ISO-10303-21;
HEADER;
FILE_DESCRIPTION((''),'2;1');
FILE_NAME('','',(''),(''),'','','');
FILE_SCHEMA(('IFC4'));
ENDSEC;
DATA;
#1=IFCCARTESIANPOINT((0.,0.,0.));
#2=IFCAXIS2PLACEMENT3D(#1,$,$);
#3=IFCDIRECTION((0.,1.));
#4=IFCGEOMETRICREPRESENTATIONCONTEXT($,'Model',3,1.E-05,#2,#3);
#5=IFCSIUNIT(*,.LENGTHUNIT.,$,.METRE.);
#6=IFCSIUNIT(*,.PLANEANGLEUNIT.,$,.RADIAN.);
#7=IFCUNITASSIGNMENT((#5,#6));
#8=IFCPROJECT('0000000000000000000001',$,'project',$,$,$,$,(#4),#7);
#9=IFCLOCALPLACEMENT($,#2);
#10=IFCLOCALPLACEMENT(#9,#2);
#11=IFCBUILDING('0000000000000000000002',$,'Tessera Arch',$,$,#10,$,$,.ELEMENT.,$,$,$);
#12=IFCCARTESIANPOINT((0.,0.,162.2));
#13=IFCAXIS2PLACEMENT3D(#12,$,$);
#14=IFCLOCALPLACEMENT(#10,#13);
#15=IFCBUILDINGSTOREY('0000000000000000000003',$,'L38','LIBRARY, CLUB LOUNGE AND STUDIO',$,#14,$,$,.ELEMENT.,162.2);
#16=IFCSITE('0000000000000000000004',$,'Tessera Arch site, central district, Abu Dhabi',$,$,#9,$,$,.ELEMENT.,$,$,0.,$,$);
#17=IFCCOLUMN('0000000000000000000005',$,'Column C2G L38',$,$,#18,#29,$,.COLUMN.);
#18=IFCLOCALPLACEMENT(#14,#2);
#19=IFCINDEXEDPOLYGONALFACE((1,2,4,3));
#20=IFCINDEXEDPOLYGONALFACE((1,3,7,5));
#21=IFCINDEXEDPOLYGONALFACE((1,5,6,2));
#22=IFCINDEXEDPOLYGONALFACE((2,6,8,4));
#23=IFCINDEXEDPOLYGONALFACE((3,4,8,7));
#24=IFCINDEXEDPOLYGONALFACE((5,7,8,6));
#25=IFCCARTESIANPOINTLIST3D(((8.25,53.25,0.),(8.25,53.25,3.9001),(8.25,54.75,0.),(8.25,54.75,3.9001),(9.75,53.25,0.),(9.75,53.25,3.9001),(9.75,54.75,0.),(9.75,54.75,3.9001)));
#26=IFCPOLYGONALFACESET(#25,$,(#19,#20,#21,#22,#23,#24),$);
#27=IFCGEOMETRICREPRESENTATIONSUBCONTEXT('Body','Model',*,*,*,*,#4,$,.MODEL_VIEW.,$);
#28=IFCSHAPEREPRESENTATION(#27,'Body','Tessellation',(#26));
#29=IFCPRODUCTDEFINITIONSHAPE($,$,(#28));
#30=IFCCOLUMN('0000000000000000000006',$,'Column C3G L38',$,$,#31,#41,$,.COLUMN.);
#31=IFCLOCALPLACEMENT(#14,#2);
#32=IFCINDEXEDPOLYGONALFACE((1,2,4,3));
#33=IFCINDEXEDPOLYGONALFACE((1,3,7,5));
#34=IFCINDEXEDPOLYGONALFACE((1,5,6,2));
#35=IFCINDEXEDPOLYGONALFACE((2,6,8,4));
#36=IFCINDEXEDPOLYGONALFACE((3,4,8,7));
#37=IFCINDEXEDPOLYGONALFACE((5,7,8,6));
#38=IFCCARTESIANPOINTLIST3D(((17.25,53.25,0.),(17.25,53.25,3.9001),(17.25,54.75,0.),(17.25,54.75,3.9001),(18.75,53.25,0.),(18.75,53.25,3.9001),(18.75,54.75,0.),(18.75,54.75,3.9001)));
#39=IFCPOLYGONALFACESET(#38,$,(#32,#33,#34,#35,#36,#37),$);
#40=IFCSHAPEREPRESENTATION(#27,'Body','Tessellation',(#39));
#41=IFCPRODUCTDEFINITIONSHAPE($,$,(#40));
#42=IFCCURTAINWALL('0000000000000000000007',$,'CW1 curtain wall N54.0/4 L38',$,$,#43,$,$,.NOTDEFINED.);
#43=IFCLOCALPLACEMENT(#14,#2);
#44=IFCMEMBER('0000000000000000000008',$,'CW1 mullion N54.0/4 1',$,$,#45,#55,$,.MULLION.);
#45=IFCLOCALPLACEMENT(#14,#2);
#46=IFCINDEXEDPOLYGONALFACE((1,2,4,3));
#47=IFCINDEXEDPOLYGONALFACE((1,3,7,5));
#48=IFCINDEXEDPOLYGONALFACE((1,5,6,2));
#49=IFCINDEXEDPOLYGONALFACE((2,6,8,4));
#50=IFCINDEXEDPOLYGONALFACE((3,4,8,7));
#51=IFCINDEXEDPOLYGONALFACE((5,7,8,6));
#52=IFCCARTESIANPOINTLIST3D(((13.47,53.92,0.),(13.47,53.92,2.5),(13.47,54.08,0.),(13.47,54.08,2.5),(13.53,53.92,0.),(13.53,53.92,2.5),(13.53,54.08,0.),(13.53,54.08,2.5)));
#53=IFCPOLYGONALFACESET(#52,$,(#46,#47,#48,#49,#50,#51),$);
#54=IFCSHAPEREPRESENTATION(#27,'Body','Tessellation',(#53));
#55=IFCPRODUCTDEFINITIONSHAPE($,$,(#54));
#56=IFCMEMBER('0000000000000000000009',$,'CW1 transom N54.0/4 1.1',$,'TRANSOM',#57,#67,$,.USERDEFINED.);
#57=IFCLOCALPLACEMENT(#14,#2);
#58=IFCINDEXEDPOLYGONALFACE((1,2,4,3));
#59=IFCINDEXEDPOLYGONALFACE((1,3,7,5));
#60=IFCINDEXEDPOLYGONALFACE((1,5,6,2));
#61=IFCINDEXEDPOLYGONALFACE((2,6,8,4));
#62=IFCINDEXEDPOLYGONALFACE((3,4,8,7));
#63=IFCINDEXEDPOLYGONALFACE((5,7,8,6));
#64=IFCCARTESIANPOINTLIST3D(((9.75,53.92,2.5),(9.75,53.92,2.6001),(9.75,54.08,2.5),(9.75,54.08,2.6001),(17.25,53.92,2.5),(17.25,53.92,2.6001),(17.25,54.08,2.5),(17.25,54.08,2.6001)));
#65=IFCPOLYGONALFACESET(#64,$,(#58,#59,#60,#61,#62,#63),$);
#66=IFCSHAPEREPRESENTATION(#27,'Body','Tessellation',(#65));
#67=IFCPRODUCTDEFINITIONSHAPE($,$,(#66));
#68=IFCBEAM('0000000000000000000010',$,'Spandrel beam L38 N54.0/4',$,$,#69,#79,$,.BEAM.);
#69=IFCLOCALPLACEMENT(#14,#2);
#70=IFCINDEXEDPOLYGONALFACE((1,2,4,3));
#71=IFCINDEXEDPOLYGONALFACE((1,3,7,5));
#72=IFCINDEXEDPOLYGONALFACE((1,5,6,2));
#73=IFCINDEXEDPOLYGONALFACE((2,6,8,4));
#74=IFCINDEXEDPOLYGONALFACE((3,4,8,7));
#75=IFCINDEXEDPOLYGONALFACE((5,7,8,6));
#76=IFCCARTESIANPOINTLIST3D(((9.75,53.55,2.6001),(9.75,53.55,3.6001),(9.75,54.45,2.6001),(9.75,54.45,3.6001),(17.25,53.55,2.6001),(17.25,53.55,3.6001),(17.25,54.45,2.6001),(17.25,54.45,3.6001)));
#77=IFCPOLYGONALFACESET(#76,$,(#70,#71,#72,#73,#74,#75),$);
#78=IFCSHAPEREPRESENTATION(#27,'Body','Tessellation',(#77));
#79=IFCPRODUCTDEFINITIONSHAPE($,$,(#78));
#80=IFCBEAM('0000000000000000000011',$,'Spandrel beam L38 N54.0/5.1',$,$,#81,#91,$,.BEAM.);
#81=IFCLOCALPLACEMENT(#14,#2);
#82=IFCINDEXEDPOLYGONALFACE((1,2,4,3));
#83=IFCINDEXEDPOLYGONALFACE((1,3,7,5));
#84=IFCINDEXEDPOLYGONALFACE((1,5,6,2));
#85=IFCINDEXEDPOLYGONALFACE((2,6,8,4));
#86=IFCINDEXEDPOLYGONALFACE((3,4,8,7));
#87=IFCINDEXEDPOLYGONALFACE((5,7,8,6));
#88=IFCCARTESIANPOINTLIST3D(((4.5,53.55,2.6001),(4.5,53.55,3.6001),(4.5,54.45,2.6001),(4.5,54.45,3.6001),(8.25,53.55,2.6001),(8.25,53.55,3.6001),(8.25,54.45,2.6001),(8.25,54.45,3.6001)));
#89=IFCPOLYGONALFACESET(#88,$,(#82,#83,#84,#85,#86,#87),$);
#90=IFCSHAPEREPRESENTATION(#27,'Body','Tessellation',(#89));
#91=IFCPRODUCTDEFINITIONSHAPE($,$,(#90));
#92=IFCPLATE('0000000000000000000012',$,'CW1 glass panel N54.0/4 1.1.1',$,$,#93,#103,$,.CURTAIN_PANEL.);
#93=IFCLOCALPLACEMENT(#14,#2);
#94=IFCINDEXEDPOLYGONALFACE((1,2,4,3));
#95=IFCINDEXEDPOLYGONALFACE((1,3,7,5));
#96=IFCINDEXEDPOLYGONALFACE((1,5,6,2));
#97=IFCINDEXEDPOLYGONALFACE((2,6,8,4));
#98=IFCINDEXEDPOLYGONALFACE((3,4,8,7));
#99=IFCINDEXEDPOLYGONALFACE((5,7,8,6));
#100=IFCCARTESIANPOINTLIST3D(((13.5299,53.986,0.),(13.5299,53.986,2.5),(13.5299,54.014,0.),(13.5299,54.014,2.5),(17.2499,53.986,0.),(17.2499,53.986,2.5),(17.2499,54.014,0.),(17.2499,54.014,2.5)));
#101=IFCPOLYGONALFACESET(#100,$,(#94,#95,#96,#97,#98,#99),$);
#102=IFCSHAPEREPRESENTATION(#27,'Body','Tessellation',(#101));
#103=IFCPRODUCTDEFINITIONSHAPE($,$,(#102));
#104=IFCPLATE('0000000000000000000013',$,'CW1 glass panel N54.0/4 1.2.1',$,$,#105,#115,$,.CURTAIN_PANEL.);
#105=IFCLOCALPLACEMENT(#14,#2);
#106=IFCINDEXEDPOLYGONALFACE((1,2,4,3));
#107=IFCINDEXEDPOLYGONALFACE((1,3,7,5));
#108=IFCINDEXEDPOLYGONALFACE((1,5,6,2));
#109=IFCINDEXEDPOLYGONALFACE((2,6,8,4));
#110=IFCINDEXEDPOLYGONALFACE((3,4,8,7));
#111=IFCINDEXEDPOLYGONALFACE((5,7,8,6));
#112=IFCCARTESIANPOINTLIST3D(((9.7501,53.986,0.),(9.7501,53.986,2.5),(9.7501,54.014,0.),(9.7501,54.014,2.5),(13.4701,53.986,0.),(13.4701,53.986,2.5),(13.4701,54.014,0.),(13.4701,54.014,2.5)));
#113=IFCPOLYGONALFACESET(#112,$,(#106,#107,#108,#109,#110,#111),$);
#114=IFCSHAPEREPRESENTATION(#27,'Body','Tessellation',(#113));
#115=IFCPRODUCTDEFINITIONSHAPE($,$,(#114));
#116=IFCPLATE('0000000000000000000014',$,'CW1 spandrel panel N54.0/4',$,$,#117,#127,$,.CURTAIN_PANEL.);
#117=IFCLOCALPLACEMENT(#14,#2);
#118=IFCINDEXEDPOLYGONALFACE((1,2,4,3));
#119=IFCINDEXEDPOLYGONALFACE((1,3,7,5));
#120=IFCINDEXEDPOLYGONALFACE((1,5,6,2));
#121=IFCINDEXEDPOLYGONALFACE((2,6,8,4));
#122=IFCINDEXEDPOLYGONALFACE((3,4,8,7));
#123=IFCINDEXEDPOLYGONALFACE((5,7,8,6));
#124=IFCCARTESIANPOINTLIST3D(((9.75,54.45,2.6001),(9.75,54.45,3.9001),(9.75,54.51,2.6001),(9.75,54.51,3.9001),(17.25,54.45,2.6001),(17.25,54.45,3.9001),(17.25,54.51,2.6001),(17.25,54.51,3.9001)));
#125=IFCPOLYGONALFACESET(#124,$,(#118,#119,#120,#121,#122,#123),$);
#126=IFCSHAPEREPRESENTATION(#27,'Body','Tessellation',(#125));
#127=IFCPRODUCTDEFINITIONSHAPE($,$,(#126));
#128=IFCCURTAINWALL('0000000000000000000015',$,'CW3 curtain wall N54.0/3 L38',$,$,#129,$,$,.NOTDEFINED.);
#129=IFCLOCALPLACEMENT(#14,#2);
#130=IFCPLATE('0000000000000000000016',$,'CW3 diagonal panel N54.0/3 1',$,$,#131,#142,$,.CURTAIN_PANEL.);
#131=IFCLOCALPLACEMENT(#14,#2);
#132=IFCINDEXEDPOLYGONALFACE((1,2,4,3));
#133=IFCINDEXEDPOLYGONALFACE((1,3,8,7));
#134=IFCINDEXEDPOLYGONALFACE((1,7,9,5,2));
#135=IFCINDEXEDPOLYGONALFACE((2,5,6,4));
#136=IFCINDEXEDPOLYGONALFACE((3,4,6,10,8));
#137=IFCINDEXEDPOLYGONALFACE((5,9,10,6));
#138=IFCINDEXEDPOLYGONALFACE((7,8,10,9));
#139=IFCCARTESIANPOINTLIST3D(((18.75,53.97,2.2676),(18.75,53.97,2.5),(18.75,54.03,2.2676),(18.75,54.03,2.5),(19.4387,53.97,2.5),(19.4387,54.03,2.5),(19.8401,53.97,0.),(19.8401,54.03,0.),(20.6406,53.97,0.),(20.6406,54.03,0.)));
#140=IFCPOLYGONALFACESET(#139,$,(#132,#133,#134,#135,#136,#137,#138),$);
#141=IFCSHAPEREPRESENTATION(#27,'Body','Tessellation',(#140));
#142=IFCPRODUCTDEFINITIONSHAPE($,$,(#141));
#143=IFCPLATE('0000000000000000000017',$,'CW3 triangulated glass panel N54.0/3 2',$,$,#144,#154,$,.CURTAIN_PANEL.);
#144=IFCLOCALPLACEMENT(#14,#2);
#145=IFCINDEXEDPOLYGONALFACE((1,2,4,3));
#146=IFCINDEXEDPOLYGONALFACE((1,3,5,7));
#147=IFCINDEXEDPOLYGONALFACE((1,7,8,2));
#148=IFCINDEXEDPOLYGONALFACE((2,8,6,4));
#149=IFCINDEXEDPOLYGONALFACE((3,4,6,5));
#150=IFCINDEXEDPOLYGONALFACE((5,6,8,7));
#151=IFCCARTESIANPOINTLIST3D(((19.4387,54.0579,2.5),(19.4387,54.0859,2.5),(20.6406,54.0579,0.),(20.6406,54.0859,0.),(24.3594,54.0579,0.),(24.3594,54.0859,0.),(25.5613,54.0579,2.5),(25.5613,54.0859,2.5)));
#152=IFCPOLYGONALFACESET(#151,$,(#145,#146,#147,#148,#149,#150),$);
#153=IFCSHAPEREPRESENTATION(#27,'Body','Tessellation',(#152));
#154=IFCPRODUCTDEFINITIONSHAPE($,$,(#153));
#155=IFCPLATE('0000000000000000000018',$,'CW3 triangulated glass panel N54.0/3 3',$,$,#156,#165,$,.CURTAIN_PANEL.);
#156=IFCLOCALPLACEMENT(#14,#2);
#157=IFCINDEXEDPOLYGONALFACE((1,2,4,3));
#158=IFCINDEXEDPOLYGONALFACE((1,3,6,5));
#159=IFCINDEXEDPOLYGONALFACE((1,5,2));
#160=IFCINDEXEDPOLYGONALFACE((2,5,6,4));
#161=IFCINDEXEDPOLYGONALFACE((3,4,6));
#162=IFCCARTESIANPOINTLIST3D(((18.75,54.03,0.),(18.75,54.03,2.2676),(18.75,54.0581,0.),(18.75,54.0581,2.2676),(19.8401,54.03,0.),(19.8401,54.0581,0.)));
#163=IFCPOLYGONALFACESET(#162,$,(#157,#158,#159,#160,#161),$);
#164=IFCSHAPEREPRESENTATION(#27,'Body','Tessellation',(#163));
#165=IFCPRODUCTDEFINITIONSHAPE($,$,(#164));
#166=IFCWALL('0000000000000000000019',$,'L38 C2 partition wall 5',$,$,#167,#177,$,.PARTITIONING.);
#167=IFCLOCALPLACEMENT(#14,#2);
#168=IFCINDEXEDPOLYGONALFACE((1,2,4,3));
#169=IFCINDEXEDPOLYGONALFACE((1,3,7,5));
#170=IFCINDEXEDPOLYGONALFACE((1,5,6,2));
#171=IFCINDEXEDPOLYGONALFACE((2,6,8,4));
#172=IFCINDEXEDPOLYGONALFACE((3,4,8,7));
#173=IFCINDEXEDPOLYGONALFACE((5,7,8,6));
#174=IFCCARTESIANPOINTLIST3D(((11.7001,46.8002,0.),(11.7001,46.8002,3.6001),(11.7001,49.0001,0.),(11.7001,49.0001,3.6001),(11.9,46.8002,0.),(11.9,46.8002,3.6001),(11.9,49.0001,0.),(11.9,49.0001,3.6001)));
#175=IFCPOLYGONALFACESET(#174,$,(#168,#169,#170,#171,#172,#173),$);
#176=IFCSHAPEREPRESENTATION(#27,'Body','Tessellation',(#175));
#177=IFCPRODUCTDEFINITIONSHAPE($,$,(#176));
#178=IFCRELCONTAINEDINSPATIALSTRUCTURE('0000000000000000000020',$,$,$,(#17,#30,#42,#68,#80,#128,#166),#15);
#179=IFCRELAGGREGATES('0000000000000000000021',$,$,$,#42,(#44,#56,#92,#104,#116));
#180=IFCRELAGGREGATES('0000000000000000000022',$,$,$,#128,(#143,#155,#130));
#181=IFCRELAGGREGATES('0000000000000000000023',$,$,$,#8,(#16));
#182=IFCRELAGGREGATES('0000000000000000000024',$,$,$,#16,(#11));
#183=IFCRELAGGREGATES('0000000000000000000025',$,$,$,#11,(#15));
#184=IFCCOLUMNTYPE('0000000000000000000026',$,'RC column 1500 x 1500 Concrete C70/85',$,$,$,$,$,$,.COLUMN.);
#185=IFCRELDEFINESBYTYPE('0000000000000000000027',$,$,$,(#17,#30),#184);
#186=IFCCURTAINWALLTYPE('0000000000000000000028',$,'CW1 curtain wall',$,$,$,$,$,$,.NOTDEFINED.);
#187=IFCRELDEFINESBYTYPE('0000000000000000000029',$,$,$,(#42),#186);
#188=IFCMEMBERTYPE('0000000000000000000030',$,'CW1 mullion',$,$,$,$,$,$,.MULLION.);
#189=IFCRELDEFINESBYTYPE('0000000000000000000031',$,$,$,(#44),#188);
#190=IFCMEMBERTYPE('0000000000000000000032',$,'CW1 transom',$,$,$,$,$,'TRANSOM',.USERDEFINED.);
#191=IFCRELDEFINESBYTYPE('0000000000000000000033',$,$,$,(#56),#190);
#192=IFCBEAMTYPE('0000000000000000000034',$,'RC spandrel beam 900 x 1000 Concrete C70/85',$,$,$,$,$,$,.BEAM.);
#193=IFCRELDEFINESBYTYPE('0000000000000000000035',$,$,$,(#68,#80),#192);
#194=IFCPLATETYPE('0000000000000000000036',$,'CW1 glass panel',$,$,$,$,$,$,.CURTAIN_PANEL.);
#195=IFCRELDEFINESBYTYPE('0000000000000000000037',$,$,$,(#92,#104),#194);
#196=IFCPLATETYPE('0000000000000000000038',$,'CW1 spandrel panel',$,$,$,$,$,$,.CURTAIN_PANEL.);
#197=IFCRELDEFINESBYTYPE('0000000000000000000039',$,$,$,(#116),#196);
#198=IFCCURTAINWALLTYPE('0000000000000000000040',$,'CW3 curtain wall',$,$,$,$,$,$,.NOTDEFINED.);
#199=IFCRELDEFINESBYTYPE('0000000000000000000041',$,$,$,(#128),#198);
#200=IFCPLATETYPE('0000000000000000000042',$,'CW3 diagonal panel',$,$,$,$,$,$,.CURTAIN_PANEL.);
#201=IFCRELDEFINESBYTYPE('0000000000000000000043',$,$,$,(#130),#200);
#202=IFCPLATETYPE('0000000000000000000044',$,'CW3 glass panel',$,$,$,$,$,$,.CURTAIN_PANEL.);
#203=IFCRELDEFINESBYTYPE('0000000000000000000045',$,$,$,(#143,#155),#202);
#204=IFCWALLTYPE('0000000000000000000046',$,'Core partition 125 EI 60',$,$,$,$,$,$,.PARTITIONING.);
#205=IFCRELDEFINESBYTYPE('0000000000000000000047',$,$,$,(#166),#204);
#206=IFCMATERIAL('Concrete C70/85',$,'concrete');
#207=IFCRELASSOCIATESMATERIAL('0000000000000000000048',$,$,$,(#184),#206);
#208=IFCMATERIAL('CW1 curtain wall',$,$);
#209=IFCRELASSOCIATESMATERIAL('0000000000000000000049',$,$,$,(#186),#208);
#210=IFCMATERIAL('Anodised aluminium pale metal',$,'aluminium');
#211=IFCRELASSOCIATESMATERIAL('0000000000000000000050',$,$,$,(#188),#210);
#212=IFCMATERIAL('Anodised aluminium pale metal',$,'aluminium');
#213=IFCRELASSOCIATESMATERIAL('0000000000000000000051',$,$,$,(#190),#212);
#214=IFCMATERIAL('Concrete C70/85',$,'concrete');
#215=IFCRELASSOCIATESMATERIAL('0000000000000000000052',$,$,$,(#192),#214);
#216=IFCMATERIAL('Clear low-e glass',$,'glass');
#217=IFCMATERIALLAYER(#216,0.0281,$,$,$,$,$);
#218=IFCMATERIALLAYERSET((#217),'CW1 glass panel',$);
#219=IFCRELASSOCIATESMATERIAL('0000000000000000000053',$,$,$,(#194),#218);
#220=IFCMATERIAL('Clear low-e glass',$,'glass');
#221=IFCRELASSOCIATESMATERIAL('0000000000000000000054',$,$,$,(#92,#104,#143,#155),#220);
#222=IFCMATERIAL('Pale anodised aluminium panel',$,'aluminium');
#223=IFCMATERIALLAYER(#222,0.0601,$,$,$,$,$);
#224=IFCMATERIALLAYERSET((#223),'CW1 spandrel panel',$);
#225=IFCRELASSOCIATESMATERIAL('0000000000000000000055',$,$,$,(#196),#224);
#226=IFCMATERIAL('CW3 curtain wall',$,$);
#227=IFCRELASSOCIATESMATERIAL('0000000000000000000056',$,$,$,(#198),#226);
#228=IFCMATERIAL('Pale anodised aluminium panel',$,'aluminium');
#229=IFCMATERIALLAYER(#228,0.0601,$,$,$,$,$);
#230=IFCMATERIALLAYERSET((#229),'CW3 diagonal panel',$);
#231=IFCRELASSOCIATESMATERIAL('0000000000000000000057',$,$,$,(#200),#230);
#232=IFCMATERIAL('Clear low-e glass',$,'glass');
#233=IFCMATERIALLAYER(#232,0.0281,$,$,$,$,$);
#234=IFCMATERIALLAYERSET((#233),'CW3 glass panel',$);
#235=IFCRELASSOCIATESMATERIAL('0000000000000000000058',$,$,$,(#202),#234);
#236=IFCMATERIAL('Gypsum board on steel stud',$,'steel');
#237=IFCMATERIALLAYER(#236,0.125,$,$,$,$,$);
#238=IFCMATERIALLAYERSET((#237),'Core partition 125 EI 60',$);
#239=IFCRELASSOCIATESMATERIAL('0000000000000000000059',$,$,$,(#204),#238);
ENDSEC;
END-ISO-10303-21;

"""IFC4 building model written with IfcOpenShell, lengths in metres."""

from ifc_helpers import new_model, si_unit, direction, frame, frame_2d, origin, origin_2d, place, context, subcontext, project, spatial, polyline, rectangle, outline, extrude, material, layer, layer_set, material_profile, profile_set, type_object, element, aggregate, save


model = new_model("IFC4")

# Units and contexts
model_context = context("Model", 3, precision=1e-05, world=origin(), true_north=direction((0.0, 1.0)))
body_context = subcontext(model_context, "Body", "Model", "MODEL_VIEW")
ifc_project = project(units=[si_unit("LENGTHUNIT", "METRE"), si_unit("PLANEANGLEUNIT", "RADIAN")], contexts=[model_context])

# Site, building, storey
site_placement = place(None, origin())
site = spatial("IfcSite", under=ifc_project, at=site_placement, Name="Tessera Arch site, central district, Abu Dhabi", CompositionType="ELEMENT", RefElevation=0.0)
building_placement = place(site_placement, origin())
building = spatial("IfcBuilding", under=site, at=building_placement, Name="Tessera Arch", CompositionType="ELEMENT")
storey_placement = place(building_placement, frame((0.0, 0.0, 162.2)))
storey = spatial("IfcBuildingStorey", under=building, at=storey_placement, Name="L38", Description="LIBRARY, CLUB LOUNGE AND STUDIO", CompositionType="ELEMENT", Elevation=162.2)

# Columns
ifc_material_1 = material(Name="Concrete C70/85", Category="concrete")
ifc_material_profile_1 = material_profile(ifc_material_1, rectangle(XDim=1.5, YDim=1.5, at=origin_2d()), Name="RC column 1500 x 1500 Concrete C70/85")
ifc_profile_set_1 = profile_set([ifc_material_profile_1], Name="Concrete C70/85")
column_type = type_object("IfcColumnType", Name="RC column 1500 x 1500 Concrete C70/85", PredefinedType="COLUMN", material=ifc_profile_set_1)
for number, where, z_axis, x_axis, name in (
    (1, (9.0, 54.0, 0.0), (0.0, 0.0, 1.0), (1.0, 0.0, 0.0), "Column C2G L38"),
    (2, (18.0, 54.0, 0.0), (0.0, 0.0, 1.0), (1.0, 0.0, 0.0), "Column C3G L38"),
):
    element("IfcColumn", number, at=place(storey_placement, frame(where, z_axis=z_axis, x_axis=x_axis)), inside=storey, type_object=column_type, Name=name, PredefinedType="COLUMN", context=body_context, shape_type="SweptSolid", body=[
        extrude(rectangle(XDim=1.5, YDim=1.5, at=origin_2d()), origin(), (0.0, 0.0, 1.0), 3.9001),
    ])

# Curtain wall, members
ifc_material_2 = material(Name="CW1 curtain wall")
curtain_wall_type_1 = type_object("IfcCurtainWallType", Name="CW1 curtain wall", PredefinedType="NOTDEFINED", material=ifc_material_2)
curtain_wall_1_placement = place(storey_placement, origin())
curtain_wall_1 = element("IfcCurtainWall", 3, at=curtain_wall_1_placement, inside=storey, type_object=curtain_wall_type_1, Name="CW1 curtain wall N54.0/4 L38", PredefinedType="NOTDEFINED")
ifc_material_3 = material(Name="Anodised aluminium pale metal", Category="aluminium")
ifc_material_profile_2 = material_profile(ifc_material_3, rectangle(XDim=0.1599, YDim=0.0601, at=origin_2d()), Name="AL 60x160")
ifc_profile_set_2 = profile_set([ifc_material_profile_2], Name="Anodised aluminium pale metal")
member_type_1 = type_object("IfcMemberType", Name="CW1 mullion", PredefinedType="MULLION", material=ifc_profile_set_2)
member_1_placement = place(storey_placement, frame((13.5, 54.0, 0.0), z_axis=(0.0, 0.0, 1.0), x_axis=(0.0, -1.0, 0.0)))
member_1 = element("IfcMember", 4, at=member_1_placement, type_object=member_type_1, Name="CW1 mullion N54.0/4 1", PredefinedType="MULLION", context=body_context, shape_type="SweptSolid", body=[
    extrude(rectangle(XDim=0.1599, YDim=0.0601, at=origin_2d()), origin(), (0.0, 0.0, 1.0), 2.5),
])
ifc_material_4 = material(Name="Anodised aluminium pale metal", Category="aluminium")
ifc_material_profile_3 = material_profile(ifc_material_4, rectangle(XDim=0.1599, YDim=0.1001, at=origin_2d()), Name="AL 160x100")
ifc_profile_set_3 = profile_set([ifc_material_profile_3], Name="Anodised aluminium pale metal")
member_type_2 = type_object("IfcMemberType", Name="CW1 transom", ElementType="TRANSOM", PredefinedType="USERDEFINED", material=ifc_profile_set_3)
member_2_placement = place(storey_placement, frame((17.25, 54.0, 2.55), z_axis=(-1.0, 0.0, 0.0), x_axis=(0.0, -1.0, 0.0)))
member_2 = element("IfcMember", 5, at=member_2_placement, type_object=member_type_2, Name="CW1 transom N54.0/4 1.1", ObjectType="TRANSOM", PredefinedType="USERDEFINED", context=body_context, shape_type="SweptSolid", body=[
    extrude(rectangle(XDim=0.1599, YDim=0.1001, at=origin_2d()), origin(), (0.0, 0.0, 1.0), 7.5),
])

# Beams
ifc_material_5 = material(Name="Concrete C70/85", Category="concrete")
ifc_material_profile_4 = material_profile(ifc_material_5, rectangle(XDim=0.8999, YDim=1.0, at=origin_2d()), Name="RC spandrel beam 900 x 1000 Concrete C70/85")
ifc_profile_set_4 = profile_set([ifc_material_profile_4], Name="Concrete C70/85")
beam_type = type_object("IfcBeamType", Name="RC spandrel beam 900 x 1000 Concrete C70/85", PredefinedType="BEAM", material=ifc_profile_set_4)
beam_1_placement = place(storey_placement, frame((17.25, 54.0, 3.1001), z_axis=(-1.0, 0.0, 0.0), x_axis=(0.0, -1.0, 0.0)))
element("IfcBeam", 6, at=beam_1_placement, inside=storey, type_object=beam_type, Name="Spandrel beam L38 N54.0/4", PredefinedType="BEAM", context=body_context, shape_type="SweptSolid", body=[
    extrude(rectangle(XDim=0.8999, YDim=1.0, at=origin_2d()), origin(), (0.0, 0.0, 1.0), 7.5),
])
beam_2_placement = place(storey_placement, frame((8.25, 54.0, 3.1001), z_axis=(-1.0, 0.0, 0.0), x_axis=(0.0, -1.0, 0.0)))
element("IfcBeam", 7, at=beam_2_placement, inside=storey, type_object=beam_type, Name="Spandrel beam L38 N54.0/5.1", PredefinedType="BEAM", context=body_context, shape_type="SweptSolid", body=[
    extrude(rectangle(XDim=0.8999, YDim=1.0, at=origin_2d()), origin(), (0.0, 0.0, 1.0), 3.75),
])

# Plates
ifc_material_6 = material(Name="Clear low-e glass", Category="glass")
ifc_material_7 = material(Name="Clear low-e glass", Category="glass")
ifc_layer_1 = layer(ifc_material_7, 0.0281)
ifc_layer_set_1 = layer_set([ifc_layer_1], Name="CW1 glass panel")
plate_type_1 = type_object("IfcPlateType", Name="CW1 glass panel", PredefinedType="CURTAIN_PANEL", material=ifc_layer_set_1)
plate_1_placement = place(storey_placement, frame((15.3899, 54.0, 0.0), z_axis=(0.0, 0.0, 1.0), x_axis=(-1.0, 0.0, 0.0)))
plate_1 = element("IfcPlate", 8, at=plate_1_placement, type_object=plate_type_1, material=ifc_material_6, Name="CW1 glass panel N54.0/4 1.1.1", PredefinedType="CURTAIN_PANEL", context=body_context, shape_type="SweptSolid", body=[
    extrude(rectangle(XDim=3.72, YDim=0.0281, at=origin_2d()), origin(), (0.0, 0.0, 1.0), 2.5),
])
plate_2_placement = place(storey_placement, frame((11.6101, 54.0, 0.0), z_axis=(0.0, 0.0, 1.0), x_axis=(-1.0, 0.0, 0.0)))
plate_2 = element("IfcPlate", 9, at=plate_2_placement, type_object=plate_type_1, material=ifc_material_6, Name="CW1 glass panel N54.0/4 1.2.1", PredefinedType="CURTAIN_PANEL", context=body_context, shape_type="SweptSolid", body=[
    extrude(rectangle(XDim=3.72, YDim=0.0281, at=origin_2d()), origin(), (0.0, 0.0, 1.0), 2.5),
])
ifc_material_8 = material(Name="Pale anodised aluminium panel", Category="aluminium")
ifc_layer_2 = layer(ifc_material_8, 0.0601)
ifc_layer_set_2 = layer_set([ifc_layer_2], Name="CW1 spandrel panel")
plate_type_2 = type_object("IfcPlateType", Name="CW1 spandrel panel", PredefinedType="CURTAIN_PANEL", material=ifc_layer_set_2)
plate_3_placement = place(storey_placement, frame((13.5, 54.48, 2.6001), z_axis=(0.0, 0.0, 1.0), x_axis=(-1.0, 0.0, 0.0)))
plate_3 = element("IfcPlate", 10, at=plate_3_placement, type_object=plate_type_2, Name="CW1 spandrel panel N54.0/4", PredefinedType="CURTAIN_PANEL", context=body_context, shape_type="SweptSolid", body=[
    extrude(rectangle(XDim=7.5, YDim=0.0601, at=origin_2d()), origin(), (0.0, 0.0, 1.0), 1.3),
])
aggregate(curtain_wall_1, [member_1, member_2, plate_1, plate_2, plate_3])

# Curtain wall, plates
ifc_material_9 = material(Name="CW3 curtain wall")
curtain_wall_type_2 = type_object("IfcCurtainWallType", Name="CW3 curtain wall", PredefinedType="NOTDEFINED", material=ifc_material_9)
curtain_wall_2_placement = place(storey_placement, origin())
curtain_wall_2 = element("IfcCurtainWall", 11, at=curtain_wall_2_placement, inside=storey, type_object=curtain_wall_type_2, Name="CW3 curtain wall N54.0/3 L38", PredefinedType="NOTDEFINED")
ifc_material_10 = material(Name="Pale anodised aluminium panel", Category="aluminium")
ifc_layer_3 = layer(ifc_material_10, 0.0601)
ifc_layer_set_3 = layer_set([ifc_layer_3], Name="CW3 diagonal panel")
plate_type_3 = type_object("IfcPlateType", Name="CW3 diagonal panel", PredefinedType="CURTAIN_PANEL", material=ifc_layer_set_3)
plate_4_placement = place(storey_placement, frame((18.75, 54.03, 2.5), z_axis=(0.0, 1.0, 0.0), x_axis=(1.0, 0.0, 0.0)))
plate_4 = element("IfcPlate", 12, at=plate_4_placement, type_object=plate_type_3, Name="CW3 diagonal panel N54.0/3 1", PredefinedType="CURTAIN_PANEL", context=body_context, shape_type="SweptSolid", body=[
    extrude(outline(polyline([(0.0, 0.0), (0.6887, 0.0), (1.8906, 2.5), (1.0901, 2.5), (0.0, 0.2324), (0.0, 0.0)])), origin(), (0.0, 0.0, -1.0), 0.0601),
])
ifc_material_11 = material(Name="Clear low-e glass", Category="glass")
ifc_layer_4 = layer(ifc_material_11, 0.0281)
ifc_layer_set_4 = layer_set([ifc_layer_4], Name="CW3 glass panel")
plate_type_4 = type_object("IfcPlateType", Name="CW3 glass panel", PredefinedType="CURTAIN_PANEL", material=ifc_layer_set_4)
plate_5_placement = place(storey_placement, frame((19.4387, 54.0859, 2.5), z_axis=(0.0, 1.0, 0.0), x_axis=(1.0, 0.0, 0.0)))
plate_5 = element("IfcPlate", 13, at=plate_5_placement, type_object=plate_type_4, material=ifc_material_6, Name="CW3 triangulated glass panel N54.0/3 2", PredefinedType="CURTAIN_PANEL", context=body_context, shape_type="SweptSolid", body=[
    extrude(outline(polyline([(0.0, 0.0), (6.1226, 0.0), (4.9207, 2.5), (1.2019, 2.5), (0.0, 0.0)])), origin(), (0.0, 0.0, -1.0), 0.0281),
])
plate_6_placement = place(storey_placement, frame((18.75, 54.0581, 0.0), z_axis=(0.0, 1.0, 0.0), x_axis=(0.0, 0.0, 1.0)))
plate_6 = element("IfcPlate", 14, at=plate_6_placement, type_object=plate_type_4, material=ifc_material_6, Name="CW3 triangulated glass panel N54.0/3 3", PredefinedType="CURTAIN_PANEL", context=body_context, shape_type="SweptSolid", body=[
    extrude(outline(polyline([(0.0, 0.0), (2.2676, 0.0), (0.0, 1.0901), (0.0, 0.0)])), origin(), (0.0, 0.0, -1.0), 0.0281),
])
aggregate(curtain_wall_2, [plate_5, plate_6, plate_4])

# Wall
ifc_material_12 = material(Name="Gypsum board on steel stud", Category="steel")
ifc_layer_5 = layer(ifc_material_12, 0.125)
ifc_layer_set_5 = layer_set([ifc_layer_5], Name="Core partition 125 EI 60")
wall_type_1 = type_object("IfcWallType", Name="Core partition 125 EI 60", PredefinedType="PARTITIONING", material=ifc_layer_set_5)
wall_1_placement = place(storey_placement, frame((11.8, 46.8, 0.0), z_axis=(0.0, 0.0, 1.0), x_axis=(0.0, 1.0, 0.0)))
element("IfcWall", 15, at=wall_1_placement, inside=storey, type_object=wall_type_1, Name="L38 C2 partition wall 5", PredefinedType="PARTITIONING", context=body_context, shape_type="SweptSolid", body=[
    extrude(rectangle(XDim=2.2, YDim=0.2, at=frame_2d((1.1001, 0.0))), origin(), (0.0, 0.0, 1.0), 3.6001),
])

save(model, "model.ifc")
